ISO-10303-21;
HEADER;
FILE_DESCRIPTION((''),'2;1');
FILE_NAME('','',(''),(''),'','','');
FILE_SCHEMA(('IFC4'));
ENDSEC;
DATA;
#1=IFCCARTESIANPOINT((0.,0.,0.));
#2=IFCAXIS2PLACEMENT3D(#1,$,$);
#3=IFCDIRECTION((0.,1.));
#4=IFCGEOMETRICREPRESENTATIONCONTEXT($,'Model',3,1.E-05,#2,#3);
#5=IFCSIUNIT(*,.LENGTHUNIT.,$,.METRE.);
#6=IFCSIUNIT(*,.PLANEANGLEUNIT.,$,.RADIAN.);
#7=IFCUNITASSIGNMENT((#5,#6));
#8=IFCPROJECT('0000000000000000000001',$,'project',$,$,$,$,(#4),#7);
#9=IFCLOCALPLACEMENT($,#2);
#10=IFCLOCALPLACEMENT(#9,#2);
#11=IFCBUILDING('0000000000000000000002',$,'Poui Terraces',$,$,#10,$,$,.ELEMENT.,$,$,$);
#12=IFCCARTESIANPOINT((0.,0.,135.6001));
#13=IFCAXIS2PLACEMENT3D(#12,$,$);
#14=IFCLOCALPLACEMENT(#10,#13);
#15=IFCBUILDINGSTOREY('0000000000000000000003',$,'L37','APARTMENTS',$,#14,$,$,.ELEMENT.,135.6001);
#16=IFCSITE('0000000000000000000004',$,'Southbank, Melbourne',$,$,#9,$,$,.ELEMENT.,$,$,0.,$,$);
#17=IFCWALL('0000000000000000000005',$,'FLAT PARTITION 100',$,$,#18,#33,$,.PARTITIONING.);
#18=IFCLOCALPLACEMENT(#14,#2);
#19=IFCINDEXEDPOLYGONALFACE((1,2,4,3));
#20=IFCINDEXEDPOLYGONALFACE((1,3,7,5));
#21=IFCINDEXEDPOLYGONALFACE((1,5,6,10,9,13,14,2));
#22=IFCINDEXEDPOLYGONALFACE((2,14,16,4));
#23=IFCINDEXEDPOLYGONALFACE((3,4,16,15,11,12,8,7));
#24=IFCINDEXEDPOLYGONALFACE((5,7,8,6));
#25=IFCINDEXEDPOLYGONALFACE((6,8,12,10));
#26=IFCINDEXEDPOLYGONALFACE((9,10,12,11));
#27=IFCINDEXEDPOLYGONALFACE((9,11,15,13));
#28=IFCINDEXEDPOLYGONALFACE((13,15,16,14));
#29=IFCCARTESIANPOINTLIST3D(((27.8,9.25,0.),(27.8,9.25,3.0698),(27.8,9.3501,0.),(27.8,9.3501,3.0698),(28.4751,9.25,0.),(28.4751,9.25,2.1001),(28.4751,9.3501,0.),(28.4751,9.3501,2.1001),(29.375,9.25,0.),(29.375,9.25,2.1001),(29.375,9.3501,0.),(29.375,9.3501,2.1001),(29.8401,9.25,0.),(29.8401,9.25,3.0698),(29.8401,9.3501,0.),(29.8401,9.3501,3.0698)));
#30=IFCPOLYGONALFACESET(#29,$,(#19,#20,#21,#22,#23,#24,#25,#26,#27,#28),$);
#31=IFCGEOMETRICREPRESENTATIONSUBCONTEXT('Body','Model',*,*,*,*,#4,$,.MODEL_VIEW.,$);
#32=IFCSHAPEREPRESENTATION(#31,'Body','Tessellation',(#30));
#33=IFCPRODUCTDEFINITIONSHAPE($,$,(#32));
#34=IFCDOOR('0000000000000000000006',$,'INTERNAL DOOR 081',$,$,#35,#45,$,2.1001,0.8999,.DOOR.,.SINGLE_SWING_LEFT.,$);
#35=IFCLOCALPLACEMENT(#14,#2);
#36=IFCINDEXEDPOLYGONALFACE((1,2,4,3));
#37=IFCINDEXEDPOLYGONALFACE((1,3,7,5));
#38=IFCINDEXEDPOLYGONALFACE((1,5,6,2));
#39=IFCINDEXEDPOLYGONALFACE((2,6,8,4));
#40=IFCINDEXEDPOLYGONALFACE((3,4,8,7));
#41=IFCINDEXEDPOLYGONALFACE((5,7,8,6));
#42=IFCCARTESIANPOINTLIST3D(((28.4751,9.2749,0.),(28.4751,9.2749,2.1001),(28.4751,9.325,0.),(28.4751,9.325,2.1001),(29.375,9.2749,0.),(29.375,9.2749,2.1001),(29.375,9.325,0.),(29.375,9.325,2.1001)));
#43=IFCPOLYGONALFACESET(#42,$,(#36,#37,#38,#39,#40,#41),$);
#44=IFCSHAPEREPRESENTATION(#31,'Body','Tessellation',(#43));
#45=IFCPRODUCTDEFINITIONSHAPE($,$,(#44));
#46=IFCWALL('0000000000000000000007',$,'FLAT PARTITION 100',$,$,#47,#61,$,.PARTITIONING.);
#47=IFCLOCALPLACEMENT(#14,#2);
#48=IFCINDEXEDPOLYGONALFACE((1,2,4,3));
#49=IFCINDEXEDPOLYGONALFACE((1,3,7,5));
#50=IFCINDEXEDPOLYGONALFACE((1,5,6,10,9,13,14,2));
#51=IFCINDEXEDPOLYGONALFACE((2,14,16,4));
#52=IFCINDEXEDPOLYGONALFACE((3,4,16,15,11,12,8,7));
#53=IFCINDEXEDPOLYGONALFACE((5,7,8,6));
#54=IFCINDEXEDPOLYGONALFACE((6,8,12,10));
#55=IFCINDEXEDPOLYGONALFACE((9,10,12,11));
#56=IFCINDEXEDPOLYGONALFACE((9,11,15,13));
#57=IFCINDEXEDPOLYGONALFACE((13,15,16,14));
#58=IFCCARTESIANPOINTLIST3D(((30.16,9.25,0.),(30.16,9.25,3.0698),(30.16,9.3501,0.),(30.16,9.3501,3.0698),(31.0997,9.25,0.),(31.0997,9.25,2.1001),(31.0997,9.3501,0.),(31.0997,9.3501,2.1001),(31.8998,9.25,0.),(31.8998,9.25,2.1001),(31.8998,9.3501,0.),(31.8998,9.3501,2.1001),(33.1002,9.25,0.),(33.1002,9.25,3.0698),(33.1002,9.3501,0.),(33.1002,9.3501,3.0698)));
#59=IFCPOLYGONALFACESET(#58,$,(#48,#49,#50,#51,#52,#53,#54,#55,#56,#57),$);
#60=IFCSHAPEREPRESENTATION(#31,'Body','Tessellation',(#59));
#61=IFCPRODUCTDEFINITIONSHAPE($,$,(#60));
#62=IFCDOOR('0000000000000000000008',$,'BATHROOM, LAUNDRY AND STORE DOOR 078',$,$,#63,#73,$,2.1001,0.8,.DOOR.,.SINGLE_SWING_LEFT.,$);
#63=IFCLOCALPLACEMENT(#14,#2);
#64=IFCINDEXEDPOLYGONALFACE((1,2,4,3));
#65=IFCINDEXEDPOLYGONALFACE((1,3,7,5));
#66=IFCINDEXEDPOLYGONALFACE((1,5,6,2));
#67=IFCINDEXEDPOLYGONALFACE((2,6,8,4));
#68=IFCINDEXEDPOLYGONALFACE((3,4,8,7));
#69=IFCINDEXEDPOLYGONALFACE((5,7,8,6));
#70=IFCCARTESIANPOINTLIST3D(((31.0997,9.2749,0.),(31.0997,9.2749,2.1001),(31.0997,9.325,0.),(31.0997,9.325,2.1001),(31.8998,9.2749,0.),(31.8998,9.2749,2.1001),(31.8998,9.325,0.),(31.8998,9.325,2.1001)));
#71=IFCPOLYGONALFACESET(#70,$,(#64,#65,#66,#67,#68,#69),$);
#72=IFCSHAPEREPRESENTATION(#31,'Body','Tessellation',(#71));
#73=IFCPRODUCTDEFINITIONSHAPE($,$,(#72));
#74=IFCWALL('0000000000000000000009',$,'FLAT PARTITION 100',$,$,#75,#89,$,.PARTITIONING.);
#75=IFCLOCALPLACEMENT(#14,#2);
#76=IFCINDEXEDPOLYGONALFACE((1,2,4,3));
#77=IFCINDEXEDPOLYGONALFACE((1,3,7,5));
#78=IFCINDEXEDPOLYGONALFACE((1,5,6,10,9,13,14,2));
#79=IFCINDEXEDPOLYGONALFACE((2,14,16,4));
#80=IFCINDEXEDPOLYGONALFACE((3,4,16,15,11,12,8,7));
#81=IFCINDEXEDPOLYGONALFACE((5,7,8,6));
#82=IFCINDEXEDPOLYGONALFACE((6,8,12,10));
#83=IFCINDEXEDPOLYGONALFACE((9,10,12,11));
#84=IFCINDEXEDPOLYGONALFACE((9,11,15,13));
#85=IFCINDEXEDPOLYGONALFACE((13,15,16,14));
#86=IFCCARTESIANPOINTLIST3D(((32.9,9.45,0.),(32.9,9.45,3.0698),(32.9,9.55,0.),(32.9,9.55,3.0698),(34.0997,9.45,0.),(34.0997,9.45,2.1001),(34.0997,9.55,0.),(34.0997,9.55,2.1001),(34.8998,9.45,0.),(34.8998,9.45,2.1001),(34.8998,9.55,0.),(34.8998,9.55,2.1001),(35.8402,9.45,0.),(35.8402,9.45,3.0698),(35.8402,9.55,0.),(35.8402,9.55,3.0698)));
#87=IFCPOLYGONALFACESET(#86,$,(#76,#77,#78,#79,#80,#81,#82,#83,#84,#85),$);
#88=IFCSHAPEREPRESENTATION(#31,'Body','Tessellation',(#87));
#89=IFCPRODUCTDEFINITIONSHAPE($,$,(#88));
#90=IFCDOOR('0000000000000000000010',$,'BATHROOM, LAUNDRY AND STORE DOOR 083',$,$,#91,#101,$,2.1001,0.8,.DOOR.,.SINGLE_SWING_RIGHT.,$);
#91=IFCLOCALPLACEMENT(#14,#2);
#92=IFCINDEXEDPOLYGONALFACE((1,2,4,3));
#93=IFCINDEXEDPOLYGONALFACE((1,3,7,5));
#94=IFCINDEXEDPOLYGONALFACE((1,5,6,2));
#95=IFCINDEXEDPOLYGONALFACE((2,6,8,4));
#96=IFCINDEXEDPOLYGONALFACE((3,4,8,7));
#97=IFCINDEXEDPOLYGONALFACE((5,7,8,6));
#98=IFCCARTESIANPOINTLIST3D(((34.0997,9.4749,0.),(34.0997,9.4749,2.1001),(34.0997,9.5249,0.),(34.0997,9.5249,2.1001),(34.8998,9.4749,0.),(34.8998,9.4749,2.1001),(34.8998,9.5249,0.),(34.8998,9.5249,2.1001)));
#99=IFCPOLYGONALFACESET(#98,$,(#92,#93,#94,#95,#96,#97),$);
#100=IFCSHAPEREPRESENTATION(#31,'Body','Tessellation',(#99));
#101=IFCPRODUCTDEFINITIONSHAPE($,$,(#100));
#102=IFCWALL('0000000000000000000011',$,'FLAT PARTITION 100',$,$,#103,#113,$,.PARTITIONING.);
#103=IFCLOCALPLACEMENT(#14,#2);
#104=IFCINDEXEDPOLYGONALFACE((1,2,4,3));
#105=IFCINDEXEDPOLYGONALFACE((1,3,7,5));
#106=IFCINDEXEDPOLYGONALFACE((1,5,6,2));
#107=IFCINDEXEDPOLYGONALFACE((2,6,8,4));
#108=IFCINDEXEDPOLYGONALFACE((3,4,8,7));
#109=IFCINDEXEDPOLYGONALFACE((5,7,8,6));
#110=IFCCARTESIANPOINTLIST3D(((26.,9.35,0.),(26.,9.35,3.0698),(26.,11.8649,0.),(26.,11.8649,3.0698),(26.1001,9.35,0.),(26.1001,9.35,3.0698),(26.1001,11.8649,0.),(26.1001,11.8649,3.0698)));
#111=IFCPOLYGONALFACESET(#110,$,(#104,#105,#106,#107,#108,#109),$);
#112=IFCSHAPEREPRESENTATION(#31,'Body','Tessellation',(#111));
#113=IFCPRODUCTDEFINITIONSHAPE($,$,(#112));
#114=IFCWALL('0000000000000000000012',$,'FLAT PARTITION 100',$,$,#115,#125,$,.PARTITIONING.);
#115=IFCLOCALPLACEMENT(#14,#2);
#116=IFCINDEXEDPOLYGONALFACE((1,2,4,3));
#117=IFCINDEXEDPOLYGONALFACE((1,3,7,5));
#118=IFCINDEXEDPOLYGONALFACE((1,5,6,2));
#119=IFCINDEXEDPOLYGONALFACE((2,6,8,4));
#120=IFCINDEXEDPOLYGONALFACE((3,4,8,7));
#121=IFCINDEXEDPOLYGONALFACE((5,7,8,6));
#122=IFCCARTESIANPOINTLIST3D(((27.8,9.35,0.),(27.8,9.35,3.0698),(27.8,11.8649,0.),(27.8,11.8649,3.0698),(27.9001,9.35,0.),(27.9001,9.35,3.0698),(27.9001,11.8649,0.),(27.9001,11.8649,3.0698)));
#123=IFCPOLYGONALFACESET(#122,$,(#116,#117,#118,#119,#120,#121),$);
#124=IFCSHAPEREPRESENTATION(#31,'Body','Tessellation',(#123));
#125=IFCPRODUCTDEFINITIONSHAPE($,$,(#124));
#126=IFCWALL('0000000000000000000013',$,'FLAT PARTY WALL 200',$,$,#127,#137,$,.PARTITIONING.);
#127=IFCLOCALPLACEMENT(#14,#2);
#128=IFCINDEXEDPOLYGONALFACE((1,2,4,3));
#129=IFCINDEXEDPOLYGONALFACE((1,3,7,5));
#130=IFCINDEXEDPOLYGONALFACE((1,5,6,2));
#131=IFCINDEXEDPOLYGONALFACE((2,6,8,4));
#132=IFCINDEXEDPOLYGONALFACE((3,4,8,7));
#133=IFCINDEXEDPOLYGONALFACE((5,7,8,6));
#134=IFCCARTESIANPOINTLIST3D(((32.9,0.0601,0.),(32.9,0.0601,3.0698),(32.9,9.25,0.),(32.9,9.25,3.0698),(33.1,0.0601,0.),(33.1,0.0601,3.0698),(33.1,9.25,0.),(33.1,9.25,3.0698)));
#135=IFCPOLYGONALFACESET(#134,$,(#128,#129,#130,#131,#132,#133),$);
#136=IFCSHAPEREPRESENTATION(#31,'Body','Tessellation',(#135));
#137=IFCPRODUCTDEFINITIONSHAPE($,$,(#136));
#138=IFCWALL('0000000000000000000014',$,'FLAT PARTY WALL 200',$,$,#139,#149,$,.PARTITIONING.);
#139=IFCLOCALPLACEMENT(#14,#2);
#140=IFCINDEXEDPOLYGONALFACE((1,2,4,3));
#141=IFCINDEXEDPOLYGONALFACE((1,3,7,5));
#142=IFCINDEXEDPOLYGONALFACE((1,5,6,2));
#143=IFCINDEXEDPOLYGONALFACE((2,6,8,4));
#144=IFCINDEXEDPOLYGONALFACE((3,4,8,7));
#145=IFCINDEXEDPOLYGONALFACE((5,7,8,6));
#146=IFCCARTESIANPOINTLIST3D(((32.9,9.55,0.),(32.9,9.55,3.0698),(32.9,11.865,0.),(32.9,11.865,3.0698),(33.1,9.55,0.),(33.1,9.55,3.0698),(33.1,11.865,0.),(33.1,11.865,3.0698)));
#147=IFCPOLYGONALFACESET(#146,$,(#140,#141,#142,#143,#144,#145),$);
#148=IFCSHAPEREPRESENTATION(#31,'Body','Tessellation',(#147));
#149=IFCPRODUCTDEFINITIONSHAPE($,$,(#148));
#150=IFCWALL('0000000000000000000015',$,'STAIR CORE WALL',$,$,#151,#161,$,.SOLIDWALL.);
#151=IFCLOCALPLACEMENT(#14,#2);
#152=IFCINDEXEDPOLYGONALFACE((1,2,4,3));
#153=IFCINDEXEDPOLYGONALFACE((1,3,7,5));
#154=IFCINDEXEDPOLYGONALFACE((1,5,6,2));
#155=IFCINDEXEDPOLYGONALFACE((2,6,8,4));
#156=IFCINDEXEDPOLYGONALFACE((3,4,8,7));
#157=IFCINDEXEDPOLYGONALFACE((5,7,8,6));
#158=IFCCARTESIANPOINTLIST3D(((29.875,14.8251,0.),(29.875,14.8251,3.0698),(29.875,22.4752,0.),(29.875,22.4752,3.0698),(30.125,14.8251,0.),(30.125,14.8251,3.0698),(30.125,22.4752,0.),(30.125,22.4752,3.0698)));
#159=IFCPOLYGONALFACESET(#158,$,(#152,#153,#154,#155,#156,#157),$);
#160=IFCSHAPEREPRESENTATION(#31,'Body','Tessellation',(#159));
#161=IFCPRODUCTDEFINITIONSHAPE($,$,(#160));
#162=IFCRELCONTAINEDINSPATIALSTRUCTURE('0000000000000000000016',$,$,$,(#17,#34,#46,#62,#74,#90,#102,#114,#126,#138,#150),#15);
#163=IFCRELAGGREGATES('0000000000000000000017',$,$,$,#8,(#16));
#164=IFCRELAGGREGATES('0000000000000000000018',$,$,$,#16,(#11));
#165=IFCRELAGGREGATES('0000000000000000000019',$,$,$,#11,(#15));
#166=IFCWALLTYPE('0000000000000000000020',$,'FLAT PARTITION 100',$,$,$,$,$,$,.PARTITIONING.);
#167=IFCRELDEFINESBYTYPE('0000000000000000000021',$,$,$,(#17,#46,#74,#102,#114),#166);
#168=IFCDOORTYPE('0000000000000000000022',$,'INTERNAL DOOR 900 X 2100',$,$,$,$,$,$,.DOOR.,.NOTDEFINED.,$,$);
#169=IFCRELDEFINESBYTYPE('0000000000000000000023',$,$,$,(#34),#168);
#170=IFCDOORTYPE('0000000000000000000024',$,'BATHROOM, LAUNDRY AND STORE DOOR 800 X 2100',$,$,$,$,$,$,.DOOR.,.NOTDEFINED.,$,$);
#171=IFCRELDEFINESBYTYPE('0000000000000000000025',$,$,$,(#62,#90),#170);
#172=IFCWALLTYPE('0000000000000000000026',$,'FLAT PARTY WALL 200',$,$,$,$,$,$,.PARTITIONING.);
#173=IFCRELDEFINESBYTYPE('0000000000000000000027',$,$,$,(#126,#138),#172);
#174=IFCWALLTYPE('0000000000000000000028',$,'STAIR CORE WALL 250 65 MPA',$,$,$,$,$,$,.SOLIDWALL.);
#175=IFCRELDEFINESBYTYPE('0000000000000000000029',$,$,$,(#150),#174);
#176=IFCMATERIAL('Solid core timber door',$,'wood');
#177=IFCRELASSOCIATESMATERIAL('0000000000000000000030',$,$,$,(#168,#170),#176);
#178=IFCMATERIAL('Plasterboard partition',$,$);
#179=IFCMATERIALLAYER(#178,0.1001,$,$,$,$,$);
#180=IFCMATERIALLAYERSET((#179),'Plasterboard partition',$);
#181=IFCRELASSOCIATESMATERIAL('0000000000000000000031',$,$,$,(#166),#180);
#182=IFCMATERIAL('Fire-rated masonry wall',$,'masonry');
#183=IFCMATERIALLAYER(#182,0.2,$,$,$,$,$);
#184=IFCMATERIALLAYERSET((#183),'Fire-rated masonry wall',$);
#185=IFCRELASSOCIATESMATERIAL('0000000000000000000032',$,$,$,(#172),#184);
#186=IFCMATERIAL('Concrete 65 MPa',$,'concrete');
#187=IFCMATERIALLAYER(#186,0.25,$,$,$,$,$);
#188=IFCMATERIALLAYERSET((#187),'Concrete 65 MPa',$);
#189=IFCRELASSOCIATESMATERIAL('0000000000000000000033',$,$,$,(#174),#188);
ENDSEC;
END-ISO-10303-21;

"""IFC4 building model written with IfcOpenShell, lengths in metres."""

from ifc_helpers import new_model, si_unit, direction, frame, frame_2d, origin, place, context, subcontext, project, spatial, rectangle, extrude, material, layer, layer_set, type_object, element, fill, save


model = new_model("IFC4")

# Units and contexts
model_context = context("Model", 3, precision=1e-05, world=origin(), true_north=direction((0.0, 1.0)))
body_context = subcontext(model_context, "Body", "Model", "MODEL_VIEW")
ifc_project = project(units=[si_unit("LENGTHUNIT", "METRE"), si_unit("PLANEANGLEUNIT", "RADIAN")], contexts=[model_context])

# Site, building, storey
site_placement = place(None, origin())
site = spatial("IfcSite", under=ifc_project, at=site_placement, Name="Southbank, Melbourne", CompositionType="ELEMENT", RefElevation=0.0)
building_placement = place(site_placement, origin())
building = spatial("IfcBuilding", under=site, at=building_placement, Name="Poui Terraces", CompositionType="ELEMENT")
storey_placement = place(building_placement, frame((0.0, 0.0, 135.6001)))
storey = spatial("IfcBuildingStorey", under=building, at=storey_placement, Name="L37", Description="APARTMENTS", CompositionType="ELEMENT", Elevation=135.6001)

# Shared definitions
ifc_material_1 = material(Name="Concrete 65 MPa", Category="concrete")

# Walls, openings, doors
ifc_material_2 = material(Name="Solid core timber door", Category="wood")
door_type_1 = type_object("IfcDoorType", Name="INTERNAL DOOR 900 X 2100", OperationType="NOTDEFINED", PredefinedType="DOOR", material=ifc_material_2)
ifc_material_3 = material(Name="Plasterboard partition")
ifc_layer_1 = layer(ifc_material_3, 0.1001)
ifc_layer_set_1 = layer_set([ifc_layer_1], Name="Plasterboard partition")
wall_type_1 = type_object("IfcWallType", Name="FLAT PARTITION 100", PredefinedType="PARTITIONING", material=ifc_layer_set_1)
door_type_2 = type_object("IfcDoorType", Name="BATHROOM, LAUNDRY AND STORE DOOR 800 X 2100", OperationType="NOTDEFINED", PredefinedType="DOOR", material=ifc_material_2)
wall_1_placement = place(storey_placement, frame((27.8, 9.3, 0.0), z_axis=(0.0, 0.0, 1.0), x_axis=(1.0, 0.0, 0.0)))
wall_1 = element("IfcWall", 1, at=wall_1_placement, inside=storey, type_object=wall_type_1, Name="FLAT PARTITION 100", PredefinedType="PARTITIONING", context=body_context, shape_type="SweptSolid", body=[
    extrude(rectangle(XDim=2.04, YDim=0.1001, at=frame_2d((1.02, 0.0))), origin(), (0.0, 0.0, 1.0), 3.0698),
])
opening_1_placement = place(wall_1_placement, frame((0.675, 0.0, 0.0)))
opening_1 = element("IfcOpeningElement", 2, at=opening_1_placement, cuts=wall_1, PredefinedType="OPENING", context=body_context, shape_type="SweptSolid", body=[
    extrude(rectangle(XDim=0.8999, YDim=2.1001, at=frame_2d((0.45, 1.05))), frame((0.0, 0.0601, 0.0), z_axis=(0.0, -1.0, 0.0), x_axis=(1.0, 0.0, 0.0)), (0.0, 0.0, 1.0), 0.1201),
])
door_1_placement = place(opening_1_placement, origin())
door_1 = element("IfcDoor", 3, at=door_1_placement, inside=storey, type_object=door_type_1, Name="INTERNAL DOOR 081", OperationType="SINGLE_SWING_LEFT", OverallHeight=2.1001, OverallWidth=0.8999, PredefinedType="DOOR", context=body_context, shape_type="SweptSolid", body=[
    extrude(rectangle(XDim=0.8999, YDim=2.1001, at=frame_2d((0.45, 1.05))), frame((0.0, 0.0249, 0.0), z_axis=(0.0, -1.0, 0.0), x_axis=(1.0, 0.0, 0.0)), (0.0, 0.0, 1.0), 0.05),
])
fill(opening_1, door_1)
wall_2_placement = place(storey_placement, frame((30.1599, 9.3, 0.0), z_axis=(0.0, 0.0, 1.0), x_axis=(1.0, 0.0, 0.0)))
wall_2 = element("IfcWall", 4, at=wall_2_placement, inside=storey, type_object=wall_type_1, Name="FLAT PARTITION 100", PredefinedType="PARTITIONING", context=body_context, shape_type="SweptSolid", body=[
    extrude(rectangle(XDim=2.9402, YDim=0.1001, at=frame_2d((1.4702, 0.0))), origin(), (0.0, 0.0, 1.0), 3.0698),
])
opening_2_placement = place(wall_2_placement, frame((0.9399, 0.0, 0.0)))
opening_2 = element("IfcOpeningElement", 5, at=opening_2_placement, cuts=wall_2, PredefinedType="OPENING", context=body_context, shape_type="SweptSolid", body=[
    extrude(rectangle(XDim=0.8, YDim=2.1001, at=frame_2d((0.3999, 1.05))), frame((0.0, 0.0601, 0.0), z_axis=(0.0, -1.0, 0.0), x_axis=(1.0, 0.0, 0.0)), (0.0, 0.0, 1.0), 0.1201),
])
door_2_placement = place(opening_2_placement, origin())
door_2 = element("IfcDoor", 6, at=door_2_placement, inside=storey, type_object=door_type_2, Name="BATHROOM, LAUNDRY AND STORE DOOR 078", OperationType="SINGLE_SWING_LEFT", OverallHeight=2.1001, OverallWidth=0.8, PredefinedType="DOOR", context=body_context, shape_type="SweptSolid", body=[
    extrude(rectangle(XDim=0.8, YDim=2.1001, at=frame_2d((0.3999, 1.05))), frame((0.0, 0.0249, 0.0), z_axis=(0.0, -1.0, 0.0), x_axis=(1.0, 0.0, 0.0)), (0.0, 0.0, 1.0), 0.05),
])
fill(opening_2, door_2)
wall_3_placement = place(storey_placement, frame((32.8999, 9.5, 0.0), z_axis=(0.0, 0.0, 1.0), x_axis=(1.0, 0.0, 0.0)))
wall_3 = element("IfcWall", 7, at=wall_3_placement, inside=storey, type_object=wall_type_1, Name="FLAT PARTITION 100", PredefinedType="PARTITIONING", context=body_context, shape_type="SweptSolid", body=[
    extrude(rectangle(XDim=2.9402, YDim=0.1001, at=frame_2d((1.4702, 0.0))), origin(), (0.0, 0.0, 1.0), 3.0698),
])
opening_3_placement = place(wall_3_placement, frame((1.2, 0.0, 0.0)))
opening_3 = element("IfcOpeningElement", 8, at=opening_3_placement, cuts=wall_3, PredefinedType="OPENING", context=body_context, shape_type="SweptSolid", body=[
    extrude(rectangle(XDim=0.8, YDim=2.1001, at=frame_2d((0.3999, 1.05))), frame((0.0, 0.0601, 0.0), z_axis=(0.0, -1.0, 0.0), x_axis=(1.0, 0.0, 0.0)), (0.0, 0.0, 1.0), 0.1201),
])
door_3_placement = place(opening_3_placement, origin())
door_3 = element("IfcDoor", 9, at=door_3_placement, inside=storey, type_object=door_type_2, Name="BATHROOM, LAUNDRY AND STORE DOOR 083", OperationType="SINGLE_SWING_RIGHT", OverallHeight=2.1001, OverallWidth=0.8, PredefinedType="DOOR", context=body_context, shape_type="SweptSolid", body=[
    extrude(rectangle(XDim=0.8, YDim=2.1001, at=frame_2d((0.3999, 1.05))), frame((0.0, 0.0249, 0.0), z_axis=(0.0, -1.0, 0.0), x_axis=(1.0, 0.0, 0.0)), (0.0, 0.0, 1.0), 0.05),
])
fill(opening_3, door_3)

# Walls
for number, where, z_axis, x_axis, name in (
    (10, (26.05, 9.3501, 0.0), (0.0, 0.0, 1.0), (0.0, 1.0, 0.0), "FLAT PARTITION 100"),
    (11, (27.8501, 9.3501, 0.0), (0.0, 0.0, 1.0), (0.0, 1.0, 0.0), "FLAT PARTITION 100"),
):
    element("IfcWall", number, at=place(storey_placement, frame(where, z_axis=z_axis, x_axis=x_axis)), inside=storey, type_object=wall_type_1, Name=name, PredefinedType="PARTITIONING", context=body_context, shape_type="SweptSolid", body=[
        extrude(rectangle(XDim=2.5149, YDim=0.1001, at=frame_2d((1.2573, 0.0))), origin(), (0.0, 0.0, 1.0), 3.0698),
    ])
ifc_material_4 = material(Name="Fire-rated masonry wall", Category="masonry")
ifc_layer_2 = layer(ifc_material_4, 0.2)
ifc_layer_set_2 = layer_set([ifc_layer_2], Name="Fire-rated masonry wall")
wall_type_2 = type_object("IfcWallType", Name="FLAT PARTY WALL 200", PredefinedType="PARTITIONING", material=ifc_layer_set_2)
wall_4_placement = place(storey_placement, frame((33.0, 0.0601, 0.0), z_axis=(0.0, 0.0, 1.0), x_axis=(0.0, 1.0, 0.0)))
element("IfcWall", 12, at=wall_4_placement, inside=storey, type_object=wall_type_2, Name="FLAT PARTY WALL 200", PredefinedType="PARTITIONING", context=body_context, shape_type="SweptSolid", body=[
    extrude(rectangle(XDim=9.1899, YDim=0.2, at=frame_2d((4.595, 0.0))), origin(), (0.0, 0.0, 1.0), 3.0698),
])
wall_5_placement = place(storey_placement, frame((33.0, 9.55, 0.0), z_axis=(0.0, 0.0, 1.0), x_axis=(0.0, 1.0, 0.0)))
element("IfcWall", 13, at=wall_5_placement, inside=storey, type_object=wall_type_2, Name="FLAT PARTY WALL 200", PredefinedType="PARTITIONING", context=body_context, shape_type="SweptSolid", body=[
    extrude(rectangle(XDim=2.3149, YDim=0.2, at=frame_2d((1.1575, 0.0))), origin(), (0.0, 0.0, 1.0), 3.0698),
])
ifc_layer_3 = layer(ifc_material_1, 0.25)
ifc_layer_set_3 = layer_set([ifc_layer_3], Name="Concrete 65 MPa")
wall_type_3 = type_object("IfcWallType", Name="STAIR CORE WALL 250 65 MPA", PredefinedType="SOLIDWALL", material=ifc_layer_set_3)
wall_6_placement = place(storey_placement, frame((30.0, 14.825, 0.0), z_axis=(0.0, 0.0, 1.0), x_axis=(0.0, 1.0, 0.0)))
element("IfcWall", 14, at=wall_6_placement, inside=storey, type_object=wall_type_3, Name="STAIR CORE WALL", PredefinedType="SOLIDWALL", context=body_context, shape_type="SweptSolid", body=[
    extrude(rectangle(XDim=7.6501, YDim=0.25, at=frame_2d((3.8252, 0.0))), origin(), (0.0, 0.0, 1.0), 3.0698),
])

save(model, "model.ifc")
